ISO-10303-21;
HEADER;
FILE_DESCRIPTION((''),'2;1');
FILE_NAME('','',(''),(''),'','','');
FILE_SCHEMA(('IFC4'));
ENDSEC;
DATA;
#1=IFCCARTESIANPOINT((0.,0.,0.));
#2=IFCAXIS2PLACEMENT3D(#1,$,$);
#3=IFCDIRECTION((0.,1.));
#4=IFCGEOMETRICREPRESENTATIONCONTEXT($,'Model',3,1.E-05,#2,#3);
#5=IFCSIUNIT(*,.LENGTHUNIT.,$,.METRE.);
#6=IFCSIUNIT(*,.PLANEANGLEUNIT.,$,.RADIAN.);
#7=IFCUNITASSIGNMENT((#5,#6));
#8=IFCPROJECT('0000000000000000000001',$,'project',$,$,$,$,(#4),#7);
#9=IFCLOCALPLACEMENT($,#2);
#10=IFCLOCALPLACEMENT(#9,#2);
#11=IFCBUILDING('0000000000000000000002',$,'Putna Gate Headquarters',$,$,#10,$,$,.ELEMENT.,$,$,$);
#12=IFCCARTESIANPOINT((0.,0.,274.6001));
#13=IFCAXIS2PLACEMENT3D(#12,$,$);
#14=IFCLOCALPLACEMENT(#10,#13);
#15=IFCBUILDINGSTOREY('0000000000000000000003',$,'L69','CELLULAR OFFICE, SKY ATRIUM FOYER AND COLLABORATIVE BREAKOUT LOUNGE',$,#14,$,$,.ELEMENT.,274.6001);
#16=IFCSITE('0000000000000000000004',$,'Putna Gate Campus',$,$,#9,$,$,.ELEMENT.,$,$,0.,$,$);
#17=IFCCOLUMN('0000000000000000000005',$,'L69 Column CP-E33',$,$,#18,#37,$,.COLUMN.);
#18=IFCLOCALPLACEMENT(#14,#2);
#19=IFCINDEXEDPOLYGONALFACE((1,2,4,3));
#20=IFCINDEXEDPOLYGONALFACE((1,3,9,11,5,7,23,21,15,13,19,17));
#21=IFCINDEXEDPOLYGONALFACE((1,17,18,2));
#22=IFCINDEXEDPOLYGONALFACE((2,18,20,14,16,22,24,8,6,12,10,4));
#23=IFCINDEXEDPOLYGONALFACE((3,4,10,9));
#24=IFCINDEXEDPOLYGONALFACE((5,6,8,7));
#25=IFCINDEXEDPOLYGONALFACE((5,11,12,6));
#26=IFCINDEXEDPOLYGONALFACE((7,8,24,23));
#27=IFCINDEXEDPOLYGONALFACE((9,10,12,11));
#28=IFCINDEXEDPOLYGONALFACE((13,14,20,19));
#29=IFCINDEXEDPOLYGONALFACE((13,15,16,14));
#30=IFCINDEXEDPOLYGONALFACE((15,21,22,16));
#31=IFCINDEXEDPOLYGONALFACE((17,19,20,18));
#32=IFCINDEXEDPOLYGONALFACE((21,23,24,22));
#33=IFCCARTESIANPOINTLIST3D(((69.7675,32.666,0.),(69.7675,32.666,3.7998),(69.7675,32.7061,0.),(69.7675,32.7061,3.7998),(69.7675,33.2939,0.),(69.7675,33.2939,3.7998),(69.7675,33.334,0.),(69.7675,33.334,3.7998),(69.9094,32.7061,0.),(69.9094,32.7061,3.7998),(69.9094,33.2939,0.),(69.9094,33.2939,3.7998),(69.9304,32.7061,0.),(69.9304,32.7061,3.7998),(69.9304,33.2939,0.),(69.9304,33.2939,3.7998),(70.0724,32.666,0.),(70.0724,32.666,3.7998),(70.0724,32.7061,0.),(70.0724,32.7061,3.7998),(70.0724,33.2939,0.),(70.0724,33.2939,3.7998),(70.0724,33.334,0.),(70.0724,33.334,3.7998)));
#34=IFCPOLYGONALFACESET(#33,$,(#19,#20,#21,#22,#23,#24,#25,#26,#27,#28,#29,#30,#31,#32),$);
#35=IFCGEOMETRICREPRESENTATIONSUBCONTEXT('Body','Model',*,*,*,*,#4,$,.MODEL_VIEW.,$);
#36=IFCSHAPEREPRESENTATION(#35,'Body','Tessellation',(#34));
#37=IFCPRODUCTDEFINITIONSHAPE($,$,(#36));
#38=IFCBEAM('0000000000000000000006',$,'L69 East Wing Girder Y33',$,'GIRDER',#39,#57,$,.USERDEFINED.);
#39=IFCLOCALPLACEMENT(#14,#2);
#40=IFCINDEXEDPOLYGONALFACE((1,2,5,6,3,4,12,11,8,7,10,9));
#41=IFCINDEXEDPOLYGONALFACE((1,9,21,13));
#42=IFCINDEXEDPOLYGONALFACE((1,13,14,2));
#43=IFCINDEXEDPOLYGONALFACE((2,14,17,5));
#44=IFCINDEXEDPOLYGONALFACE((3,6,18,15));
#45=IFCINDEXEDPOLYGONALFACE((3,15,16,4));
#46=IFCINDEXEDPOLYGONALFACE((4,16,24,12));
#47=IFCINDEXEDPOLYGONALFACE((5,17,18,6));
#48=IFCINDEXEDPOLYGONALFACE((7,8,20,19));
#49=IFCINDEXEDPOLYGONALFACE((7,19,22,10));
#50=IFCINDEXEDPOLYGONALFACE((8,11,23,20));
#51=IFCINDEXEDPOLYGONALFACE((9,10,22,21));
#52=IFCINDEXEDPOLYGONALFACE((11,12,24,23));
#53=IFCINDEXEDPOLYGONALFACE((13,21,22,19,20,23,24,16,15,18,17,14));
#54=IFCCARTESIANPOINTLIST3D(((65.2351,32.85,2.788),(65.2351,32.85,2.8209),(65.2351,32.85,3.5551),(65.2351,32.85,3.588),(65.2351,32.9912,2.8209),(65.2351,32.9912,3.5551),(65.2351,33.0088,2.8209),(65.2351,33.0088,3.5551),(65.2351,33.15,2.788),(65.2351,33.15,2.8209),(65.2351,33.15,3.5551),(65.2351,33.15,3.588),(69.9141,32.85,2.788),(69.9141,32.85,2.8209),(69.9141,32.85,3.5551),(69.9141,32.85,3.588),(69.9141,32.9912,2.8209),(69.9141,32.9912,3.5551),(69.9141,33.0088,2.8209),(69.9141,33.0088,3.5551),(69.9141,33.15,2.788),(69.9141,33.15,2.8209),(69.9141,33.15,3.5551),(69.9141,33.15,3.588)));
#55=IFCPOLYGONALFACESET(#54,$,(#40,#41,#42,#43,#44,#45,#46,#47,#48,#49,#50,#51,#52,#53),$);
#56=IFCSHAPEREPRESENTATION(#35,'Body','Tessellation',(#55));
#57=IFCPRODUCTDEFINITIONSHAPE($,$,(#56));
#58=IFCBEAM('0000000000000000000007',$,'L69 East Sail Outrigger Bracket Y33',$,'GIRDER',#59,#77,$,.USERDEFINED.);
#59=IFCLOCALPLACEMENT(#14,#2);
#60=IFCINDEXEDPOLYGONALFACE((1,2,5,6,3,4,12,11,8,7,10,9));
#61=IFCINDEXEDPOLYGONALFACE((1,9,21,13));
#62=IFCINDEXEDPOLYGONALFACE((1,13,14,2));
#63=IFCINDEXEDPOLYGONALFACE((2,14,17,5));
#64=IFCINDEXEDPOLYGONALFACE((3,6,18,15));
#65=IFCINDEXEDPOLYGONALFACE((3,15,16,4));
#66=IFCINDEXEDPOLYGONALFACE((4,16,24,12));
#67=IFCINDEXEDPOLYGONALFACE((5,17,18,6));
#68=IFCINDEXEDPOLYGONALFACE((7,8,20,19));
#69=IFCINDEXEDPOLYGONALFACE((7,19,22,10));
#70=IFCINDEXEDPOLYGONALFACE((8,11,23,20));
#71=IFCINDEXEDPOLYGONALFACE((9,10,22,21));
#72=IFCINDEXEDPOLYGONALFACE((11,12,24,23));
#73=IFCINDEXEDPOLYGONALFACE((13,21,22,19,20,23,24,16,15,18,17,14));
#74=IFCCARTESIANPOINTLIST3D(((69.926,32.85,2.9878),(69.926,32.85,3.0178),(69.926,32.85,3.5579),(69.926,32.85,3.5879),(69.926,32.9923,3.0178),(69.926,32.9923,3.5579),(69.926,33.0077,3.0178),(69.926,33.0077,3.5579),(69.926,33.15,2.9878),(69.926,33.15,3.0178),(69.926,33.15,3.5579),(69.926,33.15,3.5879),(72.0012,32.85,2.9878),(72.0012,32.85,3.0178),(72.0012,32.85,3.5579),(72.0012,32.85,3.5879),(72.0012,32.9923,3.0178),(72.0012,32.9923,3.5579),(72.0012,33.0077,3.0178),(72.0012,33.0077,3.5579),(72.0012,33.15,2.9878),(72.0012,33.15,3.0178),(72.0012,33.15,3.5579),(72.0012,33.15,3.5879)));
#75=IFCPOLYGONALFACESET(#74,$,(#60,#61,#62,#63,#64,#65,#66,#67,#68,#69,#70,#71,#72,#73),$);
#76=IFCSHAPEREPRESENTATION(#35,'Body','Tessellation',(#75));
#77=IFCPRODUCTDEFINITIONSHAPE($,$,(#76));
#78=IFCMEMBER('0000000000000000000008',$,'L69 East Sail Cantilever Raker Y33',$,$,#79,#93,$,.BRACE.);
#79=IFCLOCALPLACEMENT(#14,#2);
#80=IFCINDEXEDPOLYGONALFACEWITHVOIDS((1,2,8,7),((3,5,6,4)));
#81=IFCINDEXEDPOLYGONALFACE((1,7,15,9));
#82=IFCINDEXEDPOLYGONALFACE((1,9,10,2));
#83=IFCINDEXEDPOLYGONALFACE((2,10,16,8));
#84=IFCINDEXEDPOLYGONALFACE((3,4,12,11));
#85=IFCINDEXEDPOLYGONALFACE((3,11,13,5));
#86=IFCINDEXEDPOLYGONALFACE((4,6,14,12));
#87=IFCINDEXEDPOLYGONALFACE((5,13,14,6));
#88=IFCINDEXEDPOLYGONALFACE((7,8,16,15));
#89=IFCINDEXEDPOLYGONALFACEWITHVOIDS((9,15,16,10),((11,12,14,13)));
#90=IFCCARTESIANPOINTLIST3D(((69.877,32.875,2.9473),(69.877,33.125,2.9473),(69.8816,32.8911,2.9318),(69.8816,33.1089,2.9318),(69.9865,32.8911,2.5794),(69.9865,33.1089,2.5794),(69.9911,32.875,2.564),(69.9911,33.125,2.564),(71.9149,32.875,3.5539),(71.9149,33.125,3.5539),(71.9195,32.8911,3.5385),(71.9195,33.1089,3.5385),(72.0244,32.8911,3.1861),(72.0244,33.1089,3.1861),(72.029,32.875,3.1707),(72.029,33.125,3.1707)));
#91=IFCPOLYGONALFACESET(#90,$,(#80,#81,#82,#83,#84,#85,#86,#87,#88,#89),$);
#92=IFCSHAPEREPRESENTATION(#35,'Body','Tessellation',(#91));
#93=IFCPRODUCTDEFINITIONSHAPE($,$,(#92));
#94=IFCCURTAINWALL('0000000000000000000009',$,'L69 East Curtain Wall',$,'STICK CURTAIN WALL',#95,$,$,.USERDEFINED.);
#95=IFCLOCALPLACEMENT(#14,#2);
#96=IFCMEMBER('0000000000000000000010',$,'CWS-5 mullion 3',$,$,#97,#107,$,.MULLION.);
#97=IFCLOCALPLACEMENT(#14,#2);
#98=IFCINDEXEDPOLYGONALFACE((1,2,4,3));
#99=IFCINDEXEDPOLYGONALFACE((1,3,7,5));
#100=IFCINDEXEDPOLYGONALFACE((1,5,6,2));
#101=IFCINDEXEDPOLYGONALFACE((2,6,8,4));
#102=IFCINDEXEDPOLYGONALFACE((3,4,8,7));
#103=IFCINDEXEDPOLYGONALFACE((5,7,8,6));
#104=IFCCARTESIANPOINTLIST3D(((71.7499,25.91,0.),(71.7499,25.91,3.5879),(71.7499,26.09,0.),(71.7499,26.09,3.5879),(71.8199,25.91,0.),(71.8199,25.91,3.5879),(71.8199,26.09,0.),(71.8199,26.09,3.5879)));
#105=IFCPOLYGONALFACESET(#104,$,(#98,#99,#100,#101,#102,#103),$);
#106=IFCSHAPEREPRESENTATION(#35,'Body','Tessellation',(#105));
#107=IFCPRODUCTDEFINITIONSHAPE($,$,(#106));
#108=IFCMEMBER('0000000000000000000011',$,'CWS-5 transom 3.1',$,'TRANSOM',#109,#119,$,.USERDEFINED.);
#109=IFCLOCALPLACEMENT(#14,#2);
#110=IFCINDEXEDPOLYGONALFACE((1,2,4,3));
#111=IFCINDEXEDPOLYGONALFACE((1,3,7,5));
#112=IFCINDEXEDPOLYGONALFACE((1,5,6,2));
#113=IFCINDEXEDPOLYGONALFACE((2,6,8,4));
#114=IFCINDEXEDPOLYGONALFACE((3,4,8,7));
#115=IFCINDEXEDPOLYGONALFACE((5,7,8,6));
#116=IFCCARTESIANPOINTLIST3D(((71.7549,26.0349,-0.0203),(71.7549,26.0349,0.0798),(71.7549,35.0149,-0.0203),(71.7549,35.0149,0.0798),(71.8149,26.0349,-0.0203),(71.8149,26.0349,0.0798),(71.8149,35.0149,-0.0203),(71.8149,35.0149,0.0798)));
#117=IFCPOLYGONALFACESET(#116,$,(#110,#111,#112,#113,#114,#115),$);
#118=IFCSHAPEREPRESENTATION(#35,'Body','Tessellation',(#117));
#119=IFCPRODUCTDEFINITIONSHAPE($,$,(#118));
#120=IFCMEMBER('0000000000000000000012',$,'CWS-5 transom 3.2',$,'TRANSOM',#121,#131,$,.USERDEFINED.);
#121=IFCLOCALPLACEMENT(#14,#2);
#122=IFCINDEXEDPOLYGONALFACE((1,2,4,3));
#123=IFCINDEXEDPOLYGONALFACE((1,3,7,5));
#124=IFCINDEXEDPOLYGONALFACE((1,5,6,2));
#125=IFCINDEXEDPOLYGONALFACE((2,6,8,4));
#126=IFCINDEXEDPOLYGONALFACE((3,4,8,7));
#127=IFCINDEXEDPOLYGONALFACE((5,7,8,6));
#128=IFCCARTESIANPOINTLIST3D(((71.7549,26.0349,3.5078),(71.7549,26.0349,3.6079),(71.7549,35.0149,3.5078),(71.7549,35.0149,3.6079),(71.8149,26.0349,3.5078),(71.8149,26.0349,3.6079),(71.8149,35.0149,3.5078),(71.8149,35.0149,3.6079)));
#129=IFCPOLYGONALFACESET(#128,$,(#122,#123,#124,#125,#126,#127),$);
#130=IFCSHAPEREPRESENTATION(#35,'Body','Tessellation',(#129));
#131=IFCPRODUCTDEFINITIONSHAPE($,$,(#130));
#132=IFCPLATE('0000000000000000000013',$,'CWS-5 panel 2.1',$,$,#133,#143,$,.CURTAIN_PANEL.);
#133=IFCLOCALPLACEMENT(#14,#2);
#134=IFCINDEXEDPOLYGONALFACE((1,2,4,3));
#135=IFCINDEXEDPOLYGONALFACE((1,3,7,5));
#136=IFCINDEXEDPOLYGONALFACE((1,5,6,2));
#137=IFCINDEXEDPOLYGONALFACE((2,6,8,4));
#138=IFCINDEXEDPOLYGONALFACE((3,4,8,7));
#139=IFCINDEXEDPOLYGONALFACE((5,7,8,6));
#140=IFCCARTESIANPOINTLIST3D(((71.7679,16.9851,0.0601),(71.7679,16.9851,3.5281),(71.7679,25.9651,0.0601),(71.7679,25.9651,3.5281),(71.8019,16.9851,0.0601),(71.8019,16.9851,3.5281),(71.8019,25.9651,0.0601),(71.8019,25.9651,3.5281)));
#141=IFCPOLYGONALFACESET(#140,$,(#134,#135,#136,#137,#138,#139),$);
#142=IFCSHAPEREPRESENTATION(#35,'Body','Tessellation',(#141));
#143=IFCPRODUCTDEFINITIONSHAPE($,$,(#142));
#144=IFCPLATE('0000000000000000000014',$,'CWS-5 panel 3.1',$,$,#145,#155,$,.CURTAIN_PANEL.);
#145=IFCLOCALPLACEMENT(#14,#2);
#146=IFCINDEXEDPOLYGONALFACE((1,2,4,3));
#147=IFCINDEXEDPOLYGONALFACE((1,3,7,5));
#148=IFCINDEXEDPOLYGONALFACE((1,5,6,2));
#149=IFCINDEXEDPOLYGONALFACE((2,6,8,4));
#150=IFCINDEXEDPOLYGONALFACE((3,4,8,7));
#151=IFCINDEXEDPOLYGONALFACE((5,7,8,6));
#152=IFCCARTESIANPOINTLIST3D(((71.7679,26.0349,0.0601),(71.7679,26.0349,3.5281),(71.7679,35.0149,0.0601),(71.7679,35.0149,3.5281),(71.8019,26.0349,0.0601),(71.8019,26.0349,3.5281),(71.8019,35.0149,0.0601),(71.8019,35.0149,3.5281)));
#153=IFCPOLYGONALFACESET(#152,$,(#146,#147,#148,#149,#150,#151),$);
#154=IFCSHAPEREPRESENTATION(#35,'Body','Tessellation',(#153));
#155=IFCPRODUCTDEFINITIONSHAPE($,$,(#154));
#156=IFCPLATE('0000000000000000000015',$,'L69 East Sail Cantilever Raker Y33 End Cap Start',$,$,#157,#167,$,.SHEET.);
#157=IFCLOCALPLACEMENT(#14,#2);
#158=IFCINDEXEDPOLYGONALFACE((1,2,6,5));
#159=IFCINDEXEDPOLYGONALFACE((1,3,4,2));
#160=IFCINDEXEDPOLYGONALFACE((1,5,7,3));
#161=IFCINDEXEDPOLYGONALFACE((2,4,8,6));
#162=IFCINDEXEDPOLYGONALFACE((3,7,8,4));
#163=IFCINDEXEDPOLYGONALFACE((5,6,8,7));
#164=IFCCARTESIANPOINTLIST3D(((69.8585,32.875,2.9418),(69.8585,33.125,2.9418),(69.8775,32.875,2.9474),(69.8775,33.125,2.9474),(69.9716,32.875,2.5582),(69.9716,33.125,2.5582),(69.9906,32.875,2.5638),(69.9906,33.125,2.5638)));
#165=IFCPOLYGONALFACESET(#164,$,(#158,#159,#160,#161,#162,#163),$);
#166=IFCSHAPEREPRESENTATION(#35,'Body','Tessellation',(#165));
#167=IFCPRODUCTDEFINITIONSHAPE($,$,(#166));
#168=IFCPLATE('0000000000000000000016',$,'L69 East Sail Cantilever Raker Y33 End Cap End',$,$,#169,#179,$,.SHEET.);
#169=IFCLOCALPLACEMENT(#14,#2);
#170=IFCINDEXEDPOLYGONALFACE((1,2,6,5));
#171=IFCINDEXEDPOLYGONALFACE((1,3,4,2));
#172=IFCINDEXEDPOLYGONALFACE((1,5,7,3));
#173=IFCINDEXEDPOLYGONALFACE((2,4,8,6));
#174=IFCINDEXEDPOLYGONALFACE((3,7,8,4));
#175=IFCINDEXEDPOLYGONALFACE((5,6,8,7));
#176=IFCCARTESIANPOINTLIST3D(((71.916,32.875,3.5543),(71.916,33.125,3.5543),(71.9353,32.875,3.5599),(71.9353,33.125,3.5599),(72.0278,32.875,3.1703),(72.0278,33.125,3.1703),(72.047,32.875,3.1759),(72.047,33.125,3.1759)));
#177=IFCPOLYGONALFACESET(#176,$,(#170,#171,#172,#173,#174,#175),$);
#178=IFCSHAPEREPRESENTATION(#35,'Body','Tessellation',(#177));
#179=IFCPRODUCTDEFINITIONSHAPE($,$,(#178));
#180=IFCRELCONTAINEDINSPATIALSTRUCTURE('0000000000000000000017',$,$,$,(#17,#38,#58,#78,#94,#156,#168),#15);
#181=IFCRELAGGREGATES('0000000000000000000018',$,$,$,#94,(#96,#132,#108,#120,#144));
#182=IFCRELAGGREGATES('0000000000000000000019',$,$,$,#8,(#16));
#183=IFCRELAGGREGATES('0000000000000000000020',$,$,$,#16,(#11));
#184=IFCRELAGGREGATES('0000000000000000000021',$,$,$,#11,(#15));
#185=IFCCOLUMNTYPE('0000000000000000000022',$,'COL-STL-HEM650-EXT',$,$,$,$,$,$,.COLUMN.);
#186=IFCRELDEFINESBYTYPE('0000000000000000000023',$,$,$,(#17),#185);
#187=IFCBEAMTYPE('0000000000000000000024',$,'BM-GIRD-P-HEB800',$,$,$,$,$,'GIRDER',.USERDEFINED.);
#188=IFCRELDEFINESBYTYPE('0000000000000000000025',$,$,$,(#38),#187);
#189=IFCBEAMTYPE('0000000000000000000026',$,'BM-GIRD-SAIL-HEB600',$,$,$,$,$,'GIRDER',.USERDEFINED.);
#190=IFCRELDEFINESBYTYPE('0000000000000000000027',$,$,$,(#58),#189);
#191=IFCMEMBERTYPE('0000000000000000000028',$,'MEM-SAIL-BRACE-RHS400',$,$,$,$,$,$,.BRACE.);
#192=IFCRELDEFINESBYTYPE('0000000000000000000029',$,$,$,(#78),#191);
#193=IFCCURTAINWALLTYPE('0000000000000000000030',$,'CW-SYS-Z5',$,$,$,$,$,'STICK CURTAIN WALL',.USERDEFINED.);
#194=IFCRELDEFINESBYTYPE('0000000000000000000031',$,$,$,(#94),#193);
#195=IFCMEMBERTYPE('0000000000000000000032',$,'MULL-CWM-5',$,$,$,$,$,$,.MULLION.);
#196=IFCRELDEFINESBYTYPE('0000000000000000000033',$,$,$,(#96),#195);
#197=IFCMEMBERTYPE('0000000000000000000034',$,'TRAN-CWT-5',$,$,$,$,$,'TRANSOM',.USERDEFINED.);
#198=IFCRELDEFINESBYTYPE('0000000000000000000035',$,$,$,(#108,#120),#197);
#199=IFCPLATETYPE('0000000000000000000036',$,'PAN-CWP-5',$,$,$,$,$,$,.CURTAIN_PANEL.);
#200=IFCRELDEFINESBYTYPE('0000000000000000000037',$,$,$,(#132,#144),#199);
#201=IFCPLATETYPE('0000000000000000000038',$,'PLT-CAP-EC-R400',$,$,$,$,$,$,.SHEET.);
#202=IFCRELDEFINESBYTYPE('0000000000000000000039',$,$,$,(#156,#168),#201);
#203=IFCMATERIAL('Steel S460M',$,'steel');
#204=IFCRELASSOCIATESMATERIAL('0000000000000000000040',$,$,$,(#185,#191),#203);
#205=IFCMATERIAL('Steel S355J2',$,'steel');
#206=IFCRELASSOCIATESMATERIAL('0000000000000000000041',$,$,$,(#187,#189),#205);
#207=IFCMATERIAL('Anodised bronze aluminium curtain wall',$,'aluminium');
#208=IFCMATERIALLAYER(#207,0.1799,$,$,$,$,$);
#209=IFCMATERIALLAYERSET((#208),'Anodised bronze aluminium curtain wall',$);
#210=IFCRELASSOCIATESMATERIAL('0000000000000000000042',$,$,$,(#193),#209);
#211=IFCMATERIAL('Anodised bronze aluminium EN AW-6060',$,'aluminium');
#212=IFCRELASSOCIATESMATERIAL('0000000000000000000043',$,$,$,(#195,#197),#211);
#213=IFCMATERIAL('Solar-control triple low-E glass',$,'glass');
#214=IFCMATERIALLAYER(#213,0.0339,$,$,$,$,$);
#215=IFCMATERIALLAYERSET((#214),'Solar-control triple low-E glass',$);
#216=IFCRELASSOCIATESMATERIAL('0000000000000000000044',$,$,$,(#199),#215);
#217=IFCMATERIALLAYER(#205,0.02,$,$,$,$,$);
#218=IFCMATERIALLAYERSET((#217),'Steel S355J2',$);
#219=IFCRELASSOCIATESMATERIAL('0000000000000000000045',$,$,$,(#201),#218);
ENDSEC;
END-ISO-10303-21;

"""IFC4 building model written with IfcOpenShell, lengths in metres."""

from ifc_helpers import new_model, si_unit, direction, frame, origin, origin_2d, place, context, subcontext, project, spatial, rectangle, hollow_rectangle, i_section, extrude, material, layer, layer_set, material_profile, profile_set, type_object, element, aggregate, save


model = new_model("IFC4")

# Units and contexts
model_context = context("Model", 3, precision=1e-05, world=origin(), true_north=direction((0.0, 1.0)))
body_context = subcontext(model_context, "Body", "Model", "MODEL_VIEW")
ifc_project = project(units=[si_unit("LENGTHUNIT", "METRE"), si_unit("PLANEANGLEUNIT", "RADIAN")], contexts=[model_context])

# Site, building, storey
site_placement = place(None, origin())
site = spatial("IfcSite", under=ifc_project, at=site_placement, Name="Putna Gate Campus", CompositionType="ELEMENT", RefElevation=0.0)
building_placement = place(site_placement, origin())
building = spatial("IfcBuilding", under=site, at=building_placement, Name="Putna Gate Headquarters", CompositionType="ELEMENT")
storey_placement = place(building_placement, frame((0.0, 0.0, 274.6001)))
storey = spatial("IfcBuildingStorey", under=building, at=storey_placement, Name="L69", Description="CELLULAR OFFICE, SKY ATRIUM FOYER AND COLLABORATIVE BREAKOUT LOUNGE", CompositionType="ELEMENT", Elevation=274.6001)

# Column
ifc_material_1 = material(Name="Steel S460M", Category="steel")
ifc_material_profile_1 = material_profile(ifc_material_1, i_section(OverallWidth=0.3049, OverallDepth=0.668, WebThickness=0.021, FlangeThickness=0.04, at=origin_2d()), Name="Steel S460M")
ifc_profile_set_1 = profile_set([ifc_material_profile_1], Name="Steel S460M")
column_type = type_object("IfcColumnType", Name="COL-STL-HEM650-EXT", PredefinedType="COLUMN", material=ifc_profile_set_1)
column_placement = place(storey_placement, frame((69.9199, 33.0, 0.0), z_axis=(0.0, 0.0, 1.0), x_axis=(1.0, 0.0, 0.0)))
element("IfcColumn", 1, at=column_placement, inside=storey, type_object=column_type, Name="L69 Column CP-E33", PredefinedType="COLUMN", context=body_context, shape_type="SweptSolid", body=[
    extrude(i_section(OverallWidth=0.3049, OverallDepth=0.668, WebThickness=0.021, FlangeThickness=0.04, at=origin_2d()), origin(), (0.0, 0.0, 1.0), 3.7998),
])

# Beams
ifc_material_2 = material(Name="Steel S355J2", Category="steel")
ifc_material_profile_2 = material_profile(ifc_material_2, i_section(OverallWidth=0.3, OverallDepth=0.8, WebThickness=0.0176, FlangeThickness=0.033, at=origin_2d()), Name="Steel S355J2")
ifc_profile_set_2 = profile_set([ifc_material_profile_2], Name="Steel S355J2")
beam_type_1 = type_object("IfcBeamType", Name="BM-GIRD-P-HEB800", ElementType="GIRDER", PredefinedType="USERDEFINED", material=ifc_profile_set_2)
beam_1_placement = place(storey_placement, frame((65.2351, 33.0, 3.188), z_axis=(1.0, 0.0, 0.0), x_axis=(0.0, 1.0, 0.0)))
element("IfcBeam", 2, at=beam_1_placement, inside=storey, type_object=beam_type_1, Name="L69 East Wing Girder Y33", ObjectType="GIRDER", PredefinedType="USERDEFINED", context=body_context, shape_type="SweptSolid", body=[
    extrude(i_section(OverallWidth=0.3, OverallDepth=0.8, WebThickness=0.0176, FlangeThickness=0.033, at=origin_2d()), origin(), (0.0, 0.0, 1.0), 4.679),
])
ifc_material_profile_3 = material_profile(ifc_material_2, i_section(OverallWidth=0.3, OverallDepth=0.6001, WebThickness=0.0154, FlangeThickness=0.03, at=origin_2d()), Name="Steel S355J2")
ifc_profile_set_3 = profile_set([ifc_material_profile_3], Name="Steel S355J2")
beam_type_2 = type_object("IfcBeamType", Name="BM-GIRD-SAIL-HEB600", ElementType="GIRDER", PredefinedType="USERDEFINED", material=ifc_profile_set_3)
beam_2_placement = place(storey_placement, frame((69.926, 33.0, 3.2878), z_axis=(1.0, 0.0, 0.0), x_axis=(0.0, 1.0, 0.0)))
element("IfcBeam", 3, at=beam_2_placement, inside=storey, type_object=beam_type_2, Name="L69 East Sail Outrigger Bracket Y33", ObjectType="GIRDER", PredefinedType="USERDEFINED", context=body_context, shape_type="SweptSolid", body=[
    extrude(i_section(OverallWidth=0.3, OverallDepth=0.6001, WebThickness=0.0154, FlangeThickness=0.03, at=origin_2d()), origin(), (0.0, 0.0, 1.0), 2.0752),
])

# Member
ifc_material_profile_4 = material_profile(ifc_material_1, hollow_rectangle(XDim=0.25, YDim=0.3999, WallThickness=0.0161, at=origin_2d()), Name="Steel S460M")
ifc_profile_set_4 = profile_set([ifc_material_profile_4], Name="Steel S460M")
member_type_1 = type_object("IfcMemberType", Name="MEM-SAIL-BRACE-RHS400", PredefinedType="BRACE", material=ifc_profile_set_4)
member_1_placement = place(storey_placement, frame((69.9341, 33.0, 2.7556), z_axis=(0.958428, 0.0, 0.285335), x_axis=(0.0, 1.0, 0.0)))
element("IfcMember", 4, at=member_1_placement, inside=storey, type_object=member_type_1, Name="L69 East Sail Cantilever Raker Y33", PredefinedType="BRACE", context=body_context, shape_type="SweptSolid", body=[
    extrude(hollow_rectangle(XDim=0.25, YDim=0.3999, WallThickness=0.0161, at=origin_2d()), origin(), (0.0, 0.0, 1.0), 2.1262),
])

# Curtain wall, members, plates
ifc_material_3 = material(Name="Anodised bronze aluminium curtain wall", Category="aluminium")
ifc_layer_1 = layer(ifc_material_3, 0.1799)
ifc_layer_set_1 = layer_set([ifc_layer_1], Name="Anodised bronze aluminium curtain wall")
curtain_wall_type = type_object("IfcCurtainWallType", Name="CW-SYS-Z5", ElementType="STICK CURTAIN WALL", PredefinedType="USERDEFINED", material=ifc_layer_set_1)
curtain_wall_placement = place(storey_placement, origin())
curtain_wall = element("IfcCurtainWall", 5, at=curtain_wall_placement, inside=storey, type_object=curtain_wall_type, Name="L69 East Curtain Wall", ObjectType="STICK CURTAIN WALL", PredefinedType="USERDEFINED")
ifc_material_4 = material(Name="Anodised bronze aluminium EN AW-6060", Category="aluminium")
ifc_material_profile_5 = material_profile(ifc_material_4, rectangle(XDim=0.0701, YDim=0.1799, at=origin_2d()), Name="Anodised bronze aluminium EN AW-6060")
ifc_profile_set_5 = profile_set([ifc_material_profile_5], Name="Anodised bronze aluminium EN AW-6060")
member_type_2 = type_object("IfcMemberType", Name="MULL-CWM-5", PredefinedType="MULLION", material=ifc_profile_set_5)
member_2_placement = place(storey_placement, frame((71.7849, 26.0, 0.0), z_axis=(0.0, 0.0, 1.0), x_axis=(-1.0, 0.0, 0.0)))
member_2 = element("IfcMember", 6, at=member_2_placement, type_object=member_type_2, Name="CWS-5 mullion 3", PredefinedType="MULLION", context=body_context, shape_type="SweptSolid", body=[
    extrude(rectangle(XDim=0.0701, YDim=0.1799, at=origin_2d()), origin(), (0.0, 0.0, 1.0), 3.5879),
])
ifc_material_profile_6 = material_profile(ifc_material_4, rectangle(XDim=0.0601, YDim=0.1001, at=origin_2d()), Name="Anodised bronze aluminium EN AW-6060")
ifc_profile_set_6 = profile_set([ifc_material_profile_6], Name="Anodised bronze aluminium EN AW-6060")
member_type_3 = type_object("IfcMemberType", Name="TRAN-CWT-5", ElementType="TRANSOM", PredefinedType="USERDEFINED", material=ifc_profile_set_6)
member_3_placement = place(storey_placement, frame((71.7849, 26.0349, 0.0298), z_axis=(0.0, 1.0, 0.0), x_axis=(-1.0, 0.0, 0.0)))
member_3 = element("IfcMember", 7, at=member_3_placement, type_object=member_type_3, Name="CWS-5 transom 3.1", ObjectType="TRANSOM", PredefinedType="USERDEFINED", context=body_context, shape_type="SweptSolid", body=[
    extrude(rectangle(XDim=0.0601, YDim=0.1001, at=origin_2d()), origin(), (0.0, 0.0, 1.0), 8.98),
])
member_4_placement = place(storey_placement, frame((71.7849, 26.0349, 3.5579), z_axis=(0.0, 1.0, 0.0), x_axis=(-1.0, 0.0, 0.0)))
member_4 = element("IfcMember", 8, at=member_4_placement, type_object=member_type_3, Name="CWS-5 transom 3.2", ObjectType="TRANSOM", PredefinedType="USERDEFINED", context=body_context, shape_type="SweptSolid", body=[
    extrude(rectangle(XDim=0.0601, YDim=0.1001, at=origin_2d()), origin(), (0.0, 0.0, 1.0), 8.98),
])
ifc_material_5 = material(Name="Solar-control triple low-E glass", Category="glass")
ifc_layer_2 = layer(ifc_material_5, 0.0339)
ifc_layer_set_2 = layer_set([ifc_layer_2], Name="Solar-control triple low-E glass")
plate_type_1 = type_object("IfcPlateType", Name="PAN-CWP-5", PredefinedType="CURTAIN_PANEL", material=ifc_layer_set_2)
plate_1_placement = place(storey_placement, frame((71.7849, 21.4751, 0.0601), z_axis=(0.0, 0.0, 1.0), x_axis=(0.0, 1.0, 0.0)))
plate_1 = element("IfcPlate", 9, at=plate_1_placement, type_object=plate_type_1, Name="CWS-5 panel 2.1", PredefinedType="CURTAIN_PANEL", context=body_context, shape_type="SweptSolid", body=[
    extrude(rectangle(XDim=8.98, YDim=0.0339, at=origin_2d()), origin(), (0.0, 0.0, 1.0), 3.468),
])
plate_2_placement = place(storey_placement, frame((71.7849, 30.5249, 0.0601), z_axis=(0.0, 0.0, 1.0), x_axis=(0.0, 1.0, 0.0)))
plate_2 = element("IfcPlate", 10, at=plate_2_placement, type_object=plate_type_1, Name="CWS-5 panel 3.1", PredefinedType="CURTAIN_PANEL", context=body_context, shape_type="SweptSolid", body=[
    extrude(rectangle(XDim=8.98, YDim=0.0339, at=origin_2d()), origin(), (0.0, 0.0, 1.0), 3.468),
])
aggregate(curtain_wall, [member_2, plate_1, member_3, member_4, plate_2])

# Plates
ifc_layer_3 = layer(ifc_material_2, 0.02)
ifc_layer_set_3 = layer_set([ifc_layer_3], Name="Steel S355J2")
plate_type_2 = type_object("IfcPlateType", Name="PLT-CAP-EC-R400", PredefinedType="SHEET", material=ifc_layer_set_3)
plate_3_placement = place(storey_placement, frame((69.915, 33.0, 2.75), z_axis=(0.959169, 0.0, 0.282832), x_axis=(0.0, 1.0, 0.0)))
element("IfcPlate", 11, at=plate_3_placement, inside=storey, type_object=plate_type_2, Name="L69 East Sail Cantilever Raker Y33 End Cap Start", PredefinedType="SHEET", context=body_context, shape_type="SweptSolid", body=[
    extrude(rectangle(XDim=0.25, YDim=0.3999, at=origin_2d()), origin(), (0.0, 0.0, 1.0), 0.0198),
])
plate_4_placement = place(storey_placement, frame((71.9719, 33.0, 3.3623), z_axis=(0.960136, 0.0, 0.279533), x_axis=(0.0, 1.0, 0.0)))
element("IfcPlate", 12, at=plate_4_placement, inside=storey, type_object=plate_type_2, Name="L69 East Sail Cantilever Raker Y33 End Cap End", PredefinedType="SHEET", context=body_context, shape_type="SweptSolid", body=[
    extrude(rectangle(XDim=0.25, YDim=0.3999, at=origin_2d()), origin(), (0.0, 0.0, 1.0), 0.02),
])

save(model, "model.ifc")
